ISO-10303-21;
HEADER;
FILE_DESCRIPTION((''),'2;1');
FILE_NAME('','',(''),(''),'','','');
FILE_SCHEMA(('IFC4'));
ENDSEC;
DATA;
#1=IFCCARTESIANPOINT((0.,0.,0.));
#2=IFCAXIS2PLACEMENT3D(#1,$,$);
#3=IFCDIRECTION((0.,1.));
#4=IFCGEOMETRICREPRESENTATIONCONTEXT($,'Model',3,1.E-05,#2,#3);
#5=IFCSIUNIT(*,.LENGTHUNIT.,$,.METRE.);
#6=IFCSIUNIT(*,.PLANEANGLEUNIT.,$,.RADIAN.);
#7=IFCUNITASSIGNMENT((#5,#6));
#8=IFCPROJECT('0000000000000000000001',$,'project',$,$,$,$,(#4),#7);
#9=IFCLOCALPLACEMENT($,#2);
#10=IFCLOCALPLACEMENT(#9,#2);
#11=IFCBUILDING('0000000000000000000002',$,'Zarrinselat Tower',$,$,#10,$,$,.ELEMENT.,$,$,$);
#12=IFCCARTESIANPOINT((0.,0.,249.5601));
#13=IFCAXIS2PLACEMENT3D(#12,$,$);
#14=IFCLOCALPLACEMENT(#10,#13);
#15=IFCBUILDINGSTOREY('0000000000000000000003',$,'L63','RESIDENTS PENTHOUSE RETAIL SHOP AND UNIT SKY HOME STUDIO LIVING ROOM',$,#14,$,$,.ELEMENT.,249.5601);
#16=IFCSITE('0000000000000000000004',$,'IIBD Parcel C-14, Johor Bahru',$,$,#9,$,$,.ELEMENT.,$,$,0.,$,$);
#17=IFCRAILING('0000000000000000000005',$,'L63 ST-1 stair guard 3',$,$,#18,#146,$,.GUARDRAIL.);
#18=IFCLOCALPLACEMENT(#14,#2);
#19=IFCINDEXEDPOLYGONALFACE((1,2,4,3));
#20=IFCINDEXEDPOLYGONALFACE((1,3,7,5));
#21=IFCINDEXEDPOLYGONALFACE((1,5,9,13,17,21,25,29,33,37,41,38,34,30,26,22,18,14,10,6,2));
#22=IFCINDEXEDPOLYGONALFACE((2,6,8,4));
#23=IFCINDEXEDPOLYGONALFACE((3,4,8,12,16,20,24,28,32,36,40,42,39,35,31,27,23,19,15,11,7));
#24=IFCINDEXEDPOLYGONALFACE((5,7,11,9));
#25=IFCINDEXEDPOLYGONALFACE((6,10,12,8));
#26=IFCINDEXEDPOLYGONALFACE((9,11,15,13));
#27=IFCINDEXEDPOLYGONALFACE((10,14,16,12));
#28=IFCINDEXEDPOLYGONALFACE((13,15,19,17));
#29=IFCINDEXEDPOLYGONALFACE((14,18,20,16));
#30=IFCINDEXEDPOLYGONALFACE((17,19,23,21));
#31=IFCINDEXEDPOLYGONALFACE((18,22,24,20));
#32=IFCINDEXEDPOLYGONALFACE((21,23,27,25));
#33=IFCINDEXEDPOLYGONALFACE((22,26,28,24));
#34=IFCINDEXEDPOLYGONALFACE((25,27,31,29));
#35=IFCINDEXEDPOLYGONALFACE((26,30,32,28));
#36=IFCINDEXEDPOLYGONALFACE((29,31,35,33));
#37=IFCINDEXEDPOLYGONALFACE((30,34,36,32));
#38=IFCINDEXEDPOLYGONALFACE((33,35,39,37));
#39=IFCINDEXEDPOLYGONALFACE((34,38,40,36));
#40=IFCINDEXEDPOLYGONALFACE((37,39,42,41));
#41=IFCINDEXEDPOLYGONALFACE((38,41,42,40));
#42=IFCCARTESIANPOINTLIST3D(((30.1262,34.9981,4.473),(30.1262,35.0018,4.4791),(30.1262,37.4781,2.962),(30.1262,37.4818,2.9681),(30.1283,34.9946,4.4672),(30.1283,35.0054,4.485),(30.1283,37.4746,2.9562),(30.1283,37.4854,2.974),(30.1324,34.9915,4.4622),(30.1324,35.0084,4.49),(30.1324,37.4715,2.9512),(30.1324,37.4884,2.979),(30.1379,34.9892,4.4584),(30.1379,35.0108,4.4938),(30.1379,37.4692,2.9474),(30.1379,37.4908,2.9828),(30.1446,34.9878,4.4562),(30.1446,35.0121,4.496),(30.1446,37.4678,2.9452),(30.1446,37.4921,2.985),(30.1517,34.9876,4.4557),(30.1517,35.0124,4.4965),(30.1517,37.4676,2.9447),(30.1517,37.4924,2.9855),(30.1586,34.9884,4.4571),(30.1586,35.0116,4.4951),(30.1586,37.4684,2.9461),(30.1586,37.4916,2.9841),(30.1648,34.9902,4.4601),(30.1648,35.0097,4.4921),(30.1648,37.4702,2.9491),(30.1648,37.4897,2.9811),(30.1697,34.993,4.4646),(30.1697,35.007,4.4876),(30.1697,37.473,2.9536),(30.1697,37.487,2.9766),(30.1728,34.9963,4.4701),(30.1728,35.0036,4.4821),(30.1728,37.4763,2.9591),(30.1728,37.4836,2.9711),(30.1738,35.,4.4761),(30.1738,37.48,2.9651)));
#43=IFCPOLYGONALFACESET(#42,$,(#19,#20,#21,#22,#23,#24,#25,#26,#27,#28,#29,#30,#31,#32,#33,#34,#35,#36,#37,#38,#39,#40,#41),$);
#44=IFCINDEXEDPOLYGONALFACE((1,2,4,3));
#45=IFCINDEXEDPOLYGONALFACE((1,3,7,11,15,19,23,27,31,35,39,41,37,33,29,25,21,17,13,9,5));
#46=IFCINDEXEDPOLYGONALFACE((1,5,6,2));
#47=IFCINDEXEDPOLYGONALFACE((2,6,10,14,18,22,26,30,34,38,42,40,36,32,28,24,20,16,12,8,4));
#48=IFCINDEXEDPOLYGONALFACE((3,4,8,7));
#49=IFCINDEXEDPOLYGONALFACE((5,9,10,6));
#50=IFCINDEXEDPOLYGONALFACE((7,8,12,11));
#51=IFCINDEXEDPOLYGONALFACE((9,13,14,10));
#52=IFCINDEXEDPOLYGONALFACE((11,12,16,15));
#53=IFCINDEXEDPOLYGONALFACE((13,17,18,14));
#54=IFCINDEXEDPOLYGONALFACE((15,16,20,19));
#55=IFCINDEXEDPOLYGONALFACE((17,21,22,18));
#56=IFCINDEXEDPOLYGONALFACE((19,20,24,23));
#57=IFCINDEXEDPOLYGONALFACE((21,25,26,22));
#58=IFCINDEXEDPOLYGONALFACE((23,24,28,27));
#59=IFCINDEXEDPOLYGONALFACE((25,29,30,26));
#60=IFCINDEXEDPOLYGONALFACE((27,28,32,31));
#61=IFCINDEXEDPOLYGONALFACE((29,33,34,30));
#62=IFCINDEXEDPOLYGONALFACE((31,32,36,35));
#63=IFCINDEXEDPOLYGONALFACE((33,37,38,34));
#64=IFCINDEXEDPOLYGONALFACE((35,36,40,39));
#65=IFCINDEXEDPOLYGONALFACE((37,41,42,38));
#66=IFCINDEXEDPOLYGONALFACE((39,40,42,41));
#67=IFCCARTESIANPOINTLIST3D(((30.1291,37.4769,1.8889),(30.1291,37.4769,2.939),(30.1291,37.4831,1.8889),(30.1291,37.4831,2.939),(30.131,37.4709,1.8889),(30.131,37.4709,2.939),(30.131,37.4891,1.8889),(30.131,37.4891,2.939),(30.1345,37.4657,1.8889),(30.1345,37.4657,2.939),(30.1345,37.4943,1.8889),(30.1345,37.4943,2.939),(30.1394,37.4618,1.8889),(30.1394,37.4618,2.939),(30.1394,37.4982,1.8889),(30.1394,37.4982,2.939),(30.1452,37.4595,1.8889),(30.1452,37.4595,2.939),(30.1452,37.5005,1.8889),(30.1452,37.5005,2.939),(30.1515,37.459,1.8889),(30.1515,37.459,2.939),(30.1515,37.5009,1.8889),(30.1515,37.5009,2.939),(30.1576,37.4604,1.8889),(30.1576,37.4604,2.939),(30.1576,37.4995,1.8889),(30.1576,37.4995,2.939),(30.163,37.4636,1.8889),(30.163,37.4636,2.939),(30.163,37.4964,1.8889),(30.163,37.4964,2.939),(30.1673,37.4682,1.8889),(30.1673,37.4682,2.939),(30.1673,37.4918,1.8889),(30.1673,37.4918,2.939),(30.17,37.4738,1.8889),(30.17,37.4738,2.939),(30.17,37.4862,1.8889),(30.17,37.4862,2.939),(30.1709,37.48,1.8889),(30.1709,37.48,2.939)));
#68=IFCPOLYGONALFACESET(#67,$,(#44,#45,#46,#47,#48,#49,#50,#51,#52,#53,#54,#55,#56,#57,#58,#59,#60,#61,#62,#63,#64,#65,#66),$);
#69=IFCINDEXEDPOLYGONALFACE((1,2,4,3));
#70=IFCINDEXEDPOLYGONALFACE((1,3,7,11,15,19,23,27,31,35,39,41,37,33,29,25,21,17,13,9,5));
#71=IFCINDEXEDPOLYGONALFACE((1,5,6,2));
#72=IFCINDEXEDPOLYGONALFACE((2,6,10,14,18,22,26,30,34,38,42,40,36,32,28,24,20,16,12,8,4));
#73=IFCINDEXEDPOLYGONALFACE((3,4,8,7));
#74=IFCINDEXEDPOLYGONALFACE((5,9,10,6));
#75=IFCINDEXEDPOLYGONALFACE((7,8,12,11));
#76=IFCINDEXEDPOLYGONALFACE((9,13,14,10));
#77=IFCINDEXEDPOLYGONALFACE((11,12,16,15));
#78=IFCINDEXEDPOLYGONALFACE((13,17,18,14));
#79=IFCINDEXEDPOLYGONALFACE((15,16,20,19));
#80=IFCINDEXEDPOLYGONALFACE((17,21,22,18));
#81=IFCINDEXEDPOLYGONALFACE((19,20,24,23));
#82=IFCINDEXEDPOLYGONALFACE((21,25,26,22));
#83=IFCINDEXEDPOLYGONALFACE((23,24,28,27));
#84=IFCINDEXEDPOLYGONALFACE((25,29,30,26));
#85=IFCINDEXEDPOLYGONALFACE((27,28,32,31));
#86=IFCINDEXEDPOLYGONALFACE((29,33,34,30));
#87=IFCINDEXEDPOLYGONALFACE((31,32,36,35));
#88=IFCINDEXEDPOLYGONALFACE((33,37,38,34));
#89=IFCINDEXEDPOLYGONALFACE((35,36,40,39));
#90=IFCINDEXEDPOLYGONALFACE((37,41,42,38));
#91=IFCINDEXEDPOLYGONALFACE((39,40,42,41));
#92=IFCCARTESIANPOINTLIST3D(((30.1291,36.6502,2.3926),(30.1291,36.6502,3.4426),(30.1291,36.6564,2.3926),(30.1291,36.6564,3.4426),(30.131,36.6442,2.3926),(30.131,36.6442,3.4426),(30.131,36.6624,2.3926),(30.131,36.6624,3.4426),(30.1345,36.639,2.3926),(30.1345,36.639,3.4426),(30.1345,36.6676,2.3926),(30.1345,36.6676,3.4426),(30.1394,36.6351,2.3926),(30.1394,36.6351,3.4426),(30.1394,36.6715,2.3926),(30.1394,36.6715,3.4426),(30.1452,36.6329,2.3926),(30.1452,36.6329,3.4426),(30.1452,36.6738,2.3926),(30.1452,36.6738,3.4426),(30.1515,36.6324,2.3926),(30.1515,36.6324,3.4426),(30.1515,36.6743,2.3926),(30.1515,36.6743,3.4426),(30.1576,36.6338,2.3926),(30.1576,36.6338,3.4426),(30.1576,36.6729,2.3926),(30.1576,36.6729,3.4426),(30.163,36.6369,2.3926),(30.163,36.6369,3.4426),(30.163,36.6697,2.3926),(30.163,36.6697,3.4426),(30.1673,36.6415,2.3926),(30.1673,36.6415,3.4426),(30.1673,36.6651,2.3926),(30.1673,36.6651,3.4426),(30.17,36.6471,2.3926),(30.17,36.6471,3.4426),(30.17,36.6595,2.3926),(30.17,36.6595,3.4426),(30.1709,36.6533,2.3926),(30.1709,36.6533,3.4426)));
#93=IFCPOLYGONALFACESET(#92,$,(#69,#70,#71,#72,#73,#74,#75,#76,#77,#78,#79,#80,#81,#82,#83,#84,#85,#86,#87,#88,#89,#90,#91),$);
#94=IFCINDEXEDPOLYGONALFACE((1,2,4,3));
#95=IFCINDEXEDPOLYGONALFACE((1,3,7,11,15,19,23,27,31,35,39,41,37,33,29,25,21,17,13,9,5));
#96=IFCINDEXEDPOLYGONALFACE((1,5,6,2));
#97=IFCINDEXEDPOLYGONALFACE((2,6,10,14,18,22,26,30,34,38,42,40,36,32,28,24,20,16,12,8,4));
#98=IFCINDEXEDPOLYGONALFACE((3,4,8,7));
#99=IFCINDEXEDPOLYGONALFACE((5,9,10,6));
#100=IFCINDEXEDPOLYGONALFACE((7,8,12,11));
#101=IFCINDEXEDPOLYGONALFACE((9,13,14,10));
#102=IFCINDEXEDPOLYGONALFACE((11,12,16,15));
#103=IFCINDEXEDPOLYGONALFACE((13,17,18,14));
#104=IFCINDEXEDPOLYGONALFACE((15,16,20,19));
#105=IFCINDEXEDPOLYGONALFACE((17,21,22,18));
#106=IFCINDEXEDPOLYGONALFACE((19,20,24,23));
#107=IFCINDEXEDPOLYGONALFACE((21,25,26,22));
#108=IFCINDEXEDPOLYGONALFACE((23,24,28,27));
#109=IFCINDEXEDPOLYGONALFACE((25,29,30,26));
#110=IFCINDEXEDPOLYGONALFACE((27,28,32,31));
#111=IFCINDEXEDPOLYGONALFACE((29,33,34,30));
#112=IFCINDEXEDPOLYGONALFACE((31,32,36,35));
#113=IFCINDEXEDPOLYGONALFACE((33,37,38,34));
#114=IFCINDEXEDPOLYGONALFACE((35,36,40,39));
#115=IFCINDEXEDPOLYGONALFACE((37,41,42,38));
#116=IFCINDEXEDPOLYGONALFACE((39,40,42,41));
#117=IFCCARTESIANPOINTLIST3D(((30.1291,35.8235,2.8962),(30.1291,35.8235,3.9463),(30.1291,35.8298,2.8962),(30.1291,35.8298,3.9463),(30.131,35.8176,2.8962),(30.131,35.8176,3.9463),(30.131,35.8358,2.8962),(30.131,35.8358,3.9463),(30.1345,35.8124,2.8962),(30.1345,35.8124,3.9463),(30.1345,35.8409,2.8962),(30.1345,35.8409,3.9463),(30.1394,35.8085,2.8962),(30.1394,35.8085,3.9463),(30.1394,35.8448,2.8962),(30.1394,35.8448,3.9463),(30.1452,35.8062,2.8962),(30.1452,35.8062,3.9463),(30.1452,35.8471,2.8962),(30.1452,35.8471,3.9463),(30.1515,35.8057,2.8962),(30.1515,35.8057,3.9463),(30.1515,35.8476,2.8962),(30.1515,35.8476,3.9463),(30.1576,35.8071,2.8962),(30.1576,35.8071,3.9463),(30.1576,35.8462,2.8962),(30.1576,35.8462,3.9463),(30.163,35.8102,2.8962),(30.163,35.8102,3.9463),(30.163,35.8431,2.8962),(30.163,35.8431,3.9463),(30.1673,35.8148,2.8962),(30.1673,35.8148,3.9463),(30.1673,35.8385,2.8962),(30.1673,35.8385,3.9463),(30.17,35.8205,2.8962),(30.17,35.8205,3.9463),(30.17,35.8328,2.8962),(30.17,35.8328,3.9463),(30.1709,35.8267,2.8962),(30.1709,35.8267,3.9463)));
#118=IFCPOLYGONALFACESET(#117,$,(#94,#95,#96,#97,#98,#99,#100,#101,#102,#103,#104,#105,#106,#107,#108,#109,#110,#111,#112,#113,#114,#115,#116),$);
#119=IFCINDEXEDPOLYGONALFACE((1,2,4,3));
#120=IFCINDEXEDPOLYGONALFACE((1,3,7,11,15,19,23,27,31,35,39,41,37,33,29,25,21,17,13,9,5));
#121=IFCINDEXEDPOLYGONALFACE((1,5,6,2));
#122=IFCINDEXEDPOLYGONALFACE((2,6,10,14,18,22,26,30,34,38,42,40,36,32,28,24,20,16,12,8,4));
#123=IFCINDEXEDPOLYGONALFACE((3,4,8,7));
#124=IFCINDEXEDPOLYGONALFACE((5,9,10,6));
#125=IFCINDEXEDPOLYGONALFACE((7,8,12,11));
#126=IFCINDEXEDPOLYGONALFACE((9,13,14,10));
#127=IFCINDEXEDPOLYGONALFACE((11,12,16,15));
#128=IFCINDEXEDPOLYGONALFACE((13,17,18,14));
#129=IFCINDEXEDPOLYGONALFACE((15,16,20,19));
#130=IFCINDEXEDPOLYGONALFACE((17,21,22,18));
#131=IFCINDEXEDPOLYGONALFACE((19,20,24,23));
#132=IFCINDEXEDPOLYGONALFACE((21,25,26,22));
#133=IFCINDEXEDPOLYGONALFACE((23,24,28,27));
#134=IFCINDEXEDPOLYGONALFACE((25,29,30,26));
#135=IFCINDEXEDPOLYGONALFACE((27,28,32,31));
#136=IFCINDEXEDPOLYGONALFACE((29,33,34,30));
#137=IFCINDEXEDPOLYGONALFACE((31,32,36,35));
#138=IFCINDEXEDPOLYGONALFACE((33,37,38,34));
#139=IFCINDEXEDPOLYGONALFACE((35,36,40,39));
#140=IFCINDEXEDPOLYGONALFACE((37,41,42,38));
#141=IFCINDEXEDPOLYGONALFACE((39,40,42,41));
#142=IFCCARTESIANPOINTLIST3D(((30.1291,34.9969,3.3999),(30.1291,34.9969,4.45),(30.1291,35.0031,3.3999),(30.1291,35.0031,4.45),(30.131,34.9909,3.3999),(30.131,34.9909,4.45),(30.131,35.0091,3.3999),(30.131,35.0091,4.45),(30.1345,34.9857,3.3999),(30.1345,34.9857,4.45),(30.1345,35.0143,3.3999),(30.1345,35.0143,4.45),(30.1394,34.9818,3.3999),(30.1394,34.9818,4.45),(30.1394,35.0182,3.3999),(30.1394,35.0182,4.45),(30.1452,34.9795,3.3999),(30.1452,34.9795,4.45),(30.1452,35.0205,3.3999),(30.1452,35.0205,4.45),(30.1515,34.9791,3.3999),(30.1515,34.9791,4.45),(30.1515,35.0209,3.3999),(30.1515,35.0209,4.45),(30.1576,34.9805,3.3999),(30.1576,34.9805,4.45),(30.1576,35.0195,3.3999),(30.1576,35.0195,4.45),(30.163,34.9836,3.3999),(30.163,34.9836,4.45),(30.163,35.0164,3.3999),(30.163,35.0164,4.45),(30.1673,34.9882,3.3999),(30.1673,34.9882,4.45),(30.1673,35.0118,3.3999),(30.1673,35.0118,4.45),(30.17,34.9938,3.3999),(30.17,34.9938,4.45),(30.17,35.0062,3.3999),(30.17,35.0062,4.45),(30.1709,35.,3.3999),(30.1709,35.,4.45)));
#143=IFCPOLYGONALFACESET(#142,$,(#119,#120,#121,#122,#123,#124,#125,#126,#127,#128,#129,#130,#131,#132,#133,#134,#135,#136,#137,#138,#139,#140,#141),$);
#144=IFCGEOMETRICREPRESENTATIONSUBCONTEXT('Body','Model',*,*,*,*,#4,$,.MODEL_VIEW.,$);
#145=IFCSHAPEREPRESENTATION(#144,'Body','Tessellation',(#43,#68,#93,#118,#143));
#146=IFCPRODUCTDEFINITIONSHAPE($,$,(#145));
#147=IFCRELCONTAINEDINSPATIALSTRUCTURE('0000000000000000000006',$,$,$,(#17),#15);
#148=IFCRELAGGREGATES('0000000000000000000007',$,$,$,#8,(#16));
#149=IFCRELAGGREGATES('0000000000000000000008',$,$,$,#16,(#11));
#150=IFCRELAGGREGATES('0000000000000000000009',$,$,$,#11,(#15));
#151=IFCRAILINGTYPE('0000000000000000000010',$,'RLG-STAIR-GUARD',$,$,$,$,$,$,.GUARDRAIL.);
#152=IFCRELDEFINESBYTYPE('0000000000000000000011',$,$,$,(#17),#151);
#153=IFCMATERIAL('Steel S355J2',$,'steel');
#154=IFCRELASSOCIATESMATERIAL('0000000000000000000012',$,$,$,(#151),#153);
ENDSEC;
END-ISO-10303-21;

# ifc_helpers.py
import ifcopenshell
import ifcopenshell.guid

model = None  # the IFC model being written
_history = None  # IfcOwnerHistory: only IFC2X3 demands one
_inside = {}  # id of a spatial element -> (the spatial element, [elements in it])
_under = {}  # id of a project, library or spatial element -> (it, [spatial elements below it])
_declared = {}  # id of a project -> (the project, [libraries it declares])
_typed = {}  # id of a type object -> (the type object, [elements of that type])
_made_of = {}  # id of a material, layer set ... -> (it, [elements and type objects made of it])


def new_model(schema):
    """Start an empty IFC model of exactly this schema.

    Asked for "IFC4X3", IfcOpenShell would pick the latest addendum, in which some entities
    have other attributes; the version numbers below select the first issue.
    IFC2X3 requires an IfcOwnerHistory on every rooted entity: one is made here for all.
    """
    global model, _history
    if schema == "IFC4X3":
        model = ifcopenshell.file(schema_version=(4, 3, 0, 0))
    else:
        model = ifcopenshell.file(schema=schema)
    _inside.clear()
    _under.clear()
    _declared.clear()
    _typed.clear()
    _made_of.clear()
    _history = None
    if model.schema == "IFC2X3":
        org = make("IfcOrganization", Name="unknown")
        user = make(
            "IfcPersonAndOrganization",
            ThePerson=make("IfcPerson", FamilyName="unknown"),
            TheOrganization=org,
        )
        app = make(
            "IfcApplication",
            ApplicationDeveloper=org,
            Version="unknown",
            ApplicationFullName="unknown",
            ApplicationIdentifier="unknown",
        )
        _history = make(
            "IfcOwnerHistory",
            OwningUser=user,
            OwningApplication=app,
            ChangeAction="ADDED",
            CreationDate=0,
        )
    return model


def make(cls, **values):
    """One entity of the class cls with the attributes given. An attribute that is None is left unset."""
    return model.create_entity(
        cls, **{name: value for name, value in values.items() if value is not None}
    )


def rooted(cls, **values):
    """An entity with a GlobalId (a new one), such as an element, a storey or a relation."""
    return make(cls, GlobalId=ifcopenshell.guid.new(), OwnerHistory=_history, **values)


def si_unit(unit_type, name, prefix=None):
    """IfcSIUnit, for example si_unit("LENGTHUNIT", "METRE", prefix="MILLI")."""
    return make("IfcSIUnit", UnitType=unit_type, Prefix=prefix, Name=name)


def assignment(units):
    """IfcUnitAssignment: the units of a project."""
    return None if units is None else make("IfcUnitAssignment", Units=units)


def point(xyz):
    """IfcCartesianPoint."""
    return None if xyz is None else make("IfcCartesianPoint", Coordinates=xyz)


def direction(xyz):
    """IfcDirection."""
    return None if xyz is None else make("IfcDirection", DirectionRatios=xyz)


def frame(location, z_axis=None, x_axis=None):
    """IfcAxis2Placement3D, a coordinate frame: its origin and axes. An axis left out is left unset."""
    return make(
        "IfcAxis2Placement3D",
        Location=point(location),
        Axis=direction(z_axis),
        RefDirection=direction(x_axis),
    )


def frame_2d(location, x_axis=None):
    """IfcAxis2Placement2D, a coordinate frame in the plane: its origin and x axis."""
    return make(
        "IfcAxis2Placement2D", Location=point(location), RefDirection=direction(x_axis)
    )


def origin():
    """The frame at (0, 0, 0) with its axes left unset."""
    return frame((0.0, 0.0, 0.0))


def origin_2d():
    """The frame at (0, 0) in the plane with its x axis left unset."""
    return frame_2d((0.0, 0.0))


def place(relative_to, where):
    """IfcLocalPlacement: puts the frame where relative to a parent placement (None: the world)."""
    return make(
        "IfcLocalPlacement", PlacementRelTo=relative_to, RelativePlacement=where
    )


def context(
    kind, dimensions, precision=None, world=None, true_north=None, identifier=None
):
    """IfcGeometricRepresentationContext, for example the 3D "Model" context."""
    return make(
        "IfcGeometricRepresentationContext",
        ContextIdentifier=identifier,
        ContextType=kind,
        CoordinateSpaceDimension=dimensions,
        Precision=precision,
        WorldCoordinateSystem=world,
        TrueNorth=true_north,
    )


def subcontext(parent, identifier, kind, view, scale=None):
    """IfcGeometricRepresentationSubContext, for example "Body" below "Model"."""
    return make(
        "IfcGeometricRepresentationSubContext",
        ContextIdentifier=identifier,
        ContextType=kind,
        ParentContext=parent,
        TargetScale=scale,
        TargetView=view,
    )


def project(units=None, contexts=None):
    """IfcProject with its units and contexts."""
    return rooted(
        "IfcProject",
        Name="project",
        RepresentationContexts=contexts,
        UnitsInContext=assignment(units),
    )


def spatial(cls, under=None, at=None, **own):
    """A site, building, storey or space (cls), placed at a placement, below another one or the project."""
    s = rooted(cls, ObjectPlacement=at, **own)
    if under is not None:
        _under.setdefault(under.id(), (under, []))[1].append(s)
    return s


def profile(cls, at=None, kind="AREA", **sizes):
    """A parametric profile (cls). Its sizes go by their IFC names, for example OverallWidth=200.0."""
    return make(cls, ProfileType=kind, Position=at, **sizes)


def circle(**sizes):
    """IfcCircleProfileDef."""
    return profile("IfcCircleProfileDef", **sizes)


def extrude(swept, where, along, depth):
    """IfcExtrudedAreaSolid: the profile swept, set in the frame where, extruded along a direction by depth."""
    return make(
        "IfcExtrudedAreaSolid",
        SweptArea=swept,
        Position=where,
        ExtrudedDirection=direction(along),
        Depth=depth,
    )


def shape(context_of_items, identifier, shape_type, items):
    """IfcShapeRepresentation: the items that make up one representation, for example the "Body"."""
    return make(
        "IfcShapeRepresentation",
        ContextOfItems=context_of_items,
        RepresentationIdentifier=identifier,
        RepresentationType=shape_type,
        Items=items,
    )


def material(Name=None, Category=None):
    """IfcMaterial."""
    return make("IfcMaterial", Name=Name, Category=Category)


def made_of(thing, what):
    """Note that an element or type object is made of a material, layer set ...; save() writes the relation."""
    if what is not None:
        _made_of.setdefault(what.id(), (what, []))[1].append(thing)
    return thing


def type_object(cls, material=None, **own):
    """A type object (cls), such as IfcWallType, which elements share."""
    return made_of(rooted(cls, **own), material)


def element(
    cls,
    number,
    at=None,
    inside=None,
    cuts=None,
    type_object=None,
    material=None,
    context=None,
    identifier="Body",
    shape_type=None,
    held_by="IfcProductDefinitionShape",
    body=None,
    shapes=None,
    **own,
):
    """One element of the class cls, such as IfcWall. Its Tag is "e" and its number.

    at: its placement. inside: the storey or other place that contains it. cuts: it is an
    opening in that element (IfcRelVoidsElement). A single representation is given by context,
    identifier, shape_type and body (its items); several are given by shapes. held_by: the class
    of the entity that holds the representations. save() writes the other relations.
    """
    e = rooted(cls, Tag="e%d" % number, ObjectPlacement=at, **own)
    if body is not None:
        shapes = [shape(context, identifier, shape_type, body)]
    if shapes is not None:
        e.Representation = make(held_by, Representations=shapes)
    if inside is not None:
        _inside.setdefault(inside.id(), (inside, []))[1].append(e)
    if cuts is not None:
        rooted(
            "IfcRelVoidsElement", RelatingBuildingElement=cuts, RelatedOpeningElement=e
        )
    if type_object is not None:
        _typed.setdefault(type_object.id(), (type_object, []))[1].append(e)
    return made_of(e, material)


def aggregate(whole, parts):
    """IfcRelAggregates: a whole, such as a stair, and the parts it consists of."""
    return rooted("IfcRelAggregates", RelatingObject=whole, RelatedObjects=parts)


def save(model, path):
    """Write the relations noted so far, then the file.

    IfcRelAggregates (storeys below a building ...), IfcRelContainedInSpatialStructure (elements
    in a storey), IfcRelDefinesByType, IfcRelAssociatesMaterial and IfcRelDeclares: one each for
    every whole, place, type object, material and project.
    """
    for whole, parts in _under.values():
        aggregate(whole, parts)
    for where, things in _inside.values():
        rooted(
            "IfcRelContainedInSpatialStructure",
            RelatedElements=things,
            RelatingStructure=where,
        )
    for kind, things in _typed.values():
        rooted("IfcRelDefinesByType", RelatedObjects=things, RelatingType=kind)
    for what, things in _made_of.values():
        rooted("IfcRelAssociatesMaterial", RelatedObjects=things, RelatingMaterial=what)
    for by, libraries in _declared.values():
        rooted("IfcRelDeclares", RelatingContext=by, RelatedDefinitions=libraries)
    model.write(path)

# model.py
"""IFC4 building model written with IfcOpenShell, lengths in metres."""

from ifc_helpers import new_model, si_unit, direction, frame, origin, origin_2d, place, context, subcontext, project, spatial, circle, extrude, material, type_object, element, save


model = new_model("IFC4")

# Units and contexts
model_context = context("Model", 3, precision=1e-05, world=origin(), true_north=direction((0.0, 1.0)))
body_context = subcontext(model_context, "Body", "Model", "MODEL_VIEW")
ifc_project = project(units=[si_unit("LENGTHUNIT", "METRE"), si_unit("PLANEANGLEUNIT", "RADIAN")], contexts=[model_context])

# Site, building, storey
site_placement = place(None, origin())
site = spatial("IfcSite", under=ifc_project, at=site_placement, Name="IIBD Parcel C-14, Johor Bahru", CompositionType="ELEMENT", RefElevation=0.0)
building_placement = place(site_placement, origin())
building = spatial("IfcBuilding", under=site, at=building_placement, Name="Zarrinselat Tower", CompositionType="ELEMENT")
storey_placement = place(building_placement, frame((0.0, 0.0, 249.5601)))
storey = spatial("IfcBuildingStorey", under=building, at=storey_placement, Name="L63", Description="RESIDENTS PENTHOUSE RETAIL SHOP AND UNIT SKY HOME STUDIO LIVING ROOM", CompositionType="ELEMENT", Elevation=249.5601)

# Railing
ifc_material_1 = material(Name="Steel S355J2", Category="steel")
railing_type_1 = type_object("IfcRailingType", Name="RLG-STAIR-GUARD", PredefinedType="GUARDRAIL", material=ifc_material_1)
railing_1_placement = place(storey_placement, frame((30.1499, 37.48, 1.8889)))
element("IfcRailing", 1, at=railing_1_placement, inside=storey, type_object=railing_type_1, Name="L63 ST-1 stair guard 3", PredefinedType="GUARDRAIL", context=body_context, shape_type="SweptSolid", body=[
    extrude(circle(Radius=0.0239, at=origin_2d()), frame((0.0, 0.0, 1.0762), z_axis=(0.0, -0.853979, 0.520307), x_axis=(1.0, 0.0, 0.0)), (0.0, 0.0, 1.0), 2.9041),
    extrude(circle(Radius=0.021, at=origin_2d()), origin(), (0.0, 0.0, 1.0), 1.05),
    extrude(circle(Radius=0.021, at=origin_2d()), frame((0.0, -0.8267, 0.5037)), (0.0, 0.0, 1.0), 1.05),
    extrude(circle(Radius=0.021, at=origin_2d()), frame((0.0, -1.6533, 1.0073)), (0.0, 0.0, 1.0), 1.05),
    extrude(circle(Radius=0.021, at=origin_2d()), frame((0.0, -2.48, 1.511)), (0.0, 0.0, 1.0), 1.05),
])

save(model, "model.ifc")
